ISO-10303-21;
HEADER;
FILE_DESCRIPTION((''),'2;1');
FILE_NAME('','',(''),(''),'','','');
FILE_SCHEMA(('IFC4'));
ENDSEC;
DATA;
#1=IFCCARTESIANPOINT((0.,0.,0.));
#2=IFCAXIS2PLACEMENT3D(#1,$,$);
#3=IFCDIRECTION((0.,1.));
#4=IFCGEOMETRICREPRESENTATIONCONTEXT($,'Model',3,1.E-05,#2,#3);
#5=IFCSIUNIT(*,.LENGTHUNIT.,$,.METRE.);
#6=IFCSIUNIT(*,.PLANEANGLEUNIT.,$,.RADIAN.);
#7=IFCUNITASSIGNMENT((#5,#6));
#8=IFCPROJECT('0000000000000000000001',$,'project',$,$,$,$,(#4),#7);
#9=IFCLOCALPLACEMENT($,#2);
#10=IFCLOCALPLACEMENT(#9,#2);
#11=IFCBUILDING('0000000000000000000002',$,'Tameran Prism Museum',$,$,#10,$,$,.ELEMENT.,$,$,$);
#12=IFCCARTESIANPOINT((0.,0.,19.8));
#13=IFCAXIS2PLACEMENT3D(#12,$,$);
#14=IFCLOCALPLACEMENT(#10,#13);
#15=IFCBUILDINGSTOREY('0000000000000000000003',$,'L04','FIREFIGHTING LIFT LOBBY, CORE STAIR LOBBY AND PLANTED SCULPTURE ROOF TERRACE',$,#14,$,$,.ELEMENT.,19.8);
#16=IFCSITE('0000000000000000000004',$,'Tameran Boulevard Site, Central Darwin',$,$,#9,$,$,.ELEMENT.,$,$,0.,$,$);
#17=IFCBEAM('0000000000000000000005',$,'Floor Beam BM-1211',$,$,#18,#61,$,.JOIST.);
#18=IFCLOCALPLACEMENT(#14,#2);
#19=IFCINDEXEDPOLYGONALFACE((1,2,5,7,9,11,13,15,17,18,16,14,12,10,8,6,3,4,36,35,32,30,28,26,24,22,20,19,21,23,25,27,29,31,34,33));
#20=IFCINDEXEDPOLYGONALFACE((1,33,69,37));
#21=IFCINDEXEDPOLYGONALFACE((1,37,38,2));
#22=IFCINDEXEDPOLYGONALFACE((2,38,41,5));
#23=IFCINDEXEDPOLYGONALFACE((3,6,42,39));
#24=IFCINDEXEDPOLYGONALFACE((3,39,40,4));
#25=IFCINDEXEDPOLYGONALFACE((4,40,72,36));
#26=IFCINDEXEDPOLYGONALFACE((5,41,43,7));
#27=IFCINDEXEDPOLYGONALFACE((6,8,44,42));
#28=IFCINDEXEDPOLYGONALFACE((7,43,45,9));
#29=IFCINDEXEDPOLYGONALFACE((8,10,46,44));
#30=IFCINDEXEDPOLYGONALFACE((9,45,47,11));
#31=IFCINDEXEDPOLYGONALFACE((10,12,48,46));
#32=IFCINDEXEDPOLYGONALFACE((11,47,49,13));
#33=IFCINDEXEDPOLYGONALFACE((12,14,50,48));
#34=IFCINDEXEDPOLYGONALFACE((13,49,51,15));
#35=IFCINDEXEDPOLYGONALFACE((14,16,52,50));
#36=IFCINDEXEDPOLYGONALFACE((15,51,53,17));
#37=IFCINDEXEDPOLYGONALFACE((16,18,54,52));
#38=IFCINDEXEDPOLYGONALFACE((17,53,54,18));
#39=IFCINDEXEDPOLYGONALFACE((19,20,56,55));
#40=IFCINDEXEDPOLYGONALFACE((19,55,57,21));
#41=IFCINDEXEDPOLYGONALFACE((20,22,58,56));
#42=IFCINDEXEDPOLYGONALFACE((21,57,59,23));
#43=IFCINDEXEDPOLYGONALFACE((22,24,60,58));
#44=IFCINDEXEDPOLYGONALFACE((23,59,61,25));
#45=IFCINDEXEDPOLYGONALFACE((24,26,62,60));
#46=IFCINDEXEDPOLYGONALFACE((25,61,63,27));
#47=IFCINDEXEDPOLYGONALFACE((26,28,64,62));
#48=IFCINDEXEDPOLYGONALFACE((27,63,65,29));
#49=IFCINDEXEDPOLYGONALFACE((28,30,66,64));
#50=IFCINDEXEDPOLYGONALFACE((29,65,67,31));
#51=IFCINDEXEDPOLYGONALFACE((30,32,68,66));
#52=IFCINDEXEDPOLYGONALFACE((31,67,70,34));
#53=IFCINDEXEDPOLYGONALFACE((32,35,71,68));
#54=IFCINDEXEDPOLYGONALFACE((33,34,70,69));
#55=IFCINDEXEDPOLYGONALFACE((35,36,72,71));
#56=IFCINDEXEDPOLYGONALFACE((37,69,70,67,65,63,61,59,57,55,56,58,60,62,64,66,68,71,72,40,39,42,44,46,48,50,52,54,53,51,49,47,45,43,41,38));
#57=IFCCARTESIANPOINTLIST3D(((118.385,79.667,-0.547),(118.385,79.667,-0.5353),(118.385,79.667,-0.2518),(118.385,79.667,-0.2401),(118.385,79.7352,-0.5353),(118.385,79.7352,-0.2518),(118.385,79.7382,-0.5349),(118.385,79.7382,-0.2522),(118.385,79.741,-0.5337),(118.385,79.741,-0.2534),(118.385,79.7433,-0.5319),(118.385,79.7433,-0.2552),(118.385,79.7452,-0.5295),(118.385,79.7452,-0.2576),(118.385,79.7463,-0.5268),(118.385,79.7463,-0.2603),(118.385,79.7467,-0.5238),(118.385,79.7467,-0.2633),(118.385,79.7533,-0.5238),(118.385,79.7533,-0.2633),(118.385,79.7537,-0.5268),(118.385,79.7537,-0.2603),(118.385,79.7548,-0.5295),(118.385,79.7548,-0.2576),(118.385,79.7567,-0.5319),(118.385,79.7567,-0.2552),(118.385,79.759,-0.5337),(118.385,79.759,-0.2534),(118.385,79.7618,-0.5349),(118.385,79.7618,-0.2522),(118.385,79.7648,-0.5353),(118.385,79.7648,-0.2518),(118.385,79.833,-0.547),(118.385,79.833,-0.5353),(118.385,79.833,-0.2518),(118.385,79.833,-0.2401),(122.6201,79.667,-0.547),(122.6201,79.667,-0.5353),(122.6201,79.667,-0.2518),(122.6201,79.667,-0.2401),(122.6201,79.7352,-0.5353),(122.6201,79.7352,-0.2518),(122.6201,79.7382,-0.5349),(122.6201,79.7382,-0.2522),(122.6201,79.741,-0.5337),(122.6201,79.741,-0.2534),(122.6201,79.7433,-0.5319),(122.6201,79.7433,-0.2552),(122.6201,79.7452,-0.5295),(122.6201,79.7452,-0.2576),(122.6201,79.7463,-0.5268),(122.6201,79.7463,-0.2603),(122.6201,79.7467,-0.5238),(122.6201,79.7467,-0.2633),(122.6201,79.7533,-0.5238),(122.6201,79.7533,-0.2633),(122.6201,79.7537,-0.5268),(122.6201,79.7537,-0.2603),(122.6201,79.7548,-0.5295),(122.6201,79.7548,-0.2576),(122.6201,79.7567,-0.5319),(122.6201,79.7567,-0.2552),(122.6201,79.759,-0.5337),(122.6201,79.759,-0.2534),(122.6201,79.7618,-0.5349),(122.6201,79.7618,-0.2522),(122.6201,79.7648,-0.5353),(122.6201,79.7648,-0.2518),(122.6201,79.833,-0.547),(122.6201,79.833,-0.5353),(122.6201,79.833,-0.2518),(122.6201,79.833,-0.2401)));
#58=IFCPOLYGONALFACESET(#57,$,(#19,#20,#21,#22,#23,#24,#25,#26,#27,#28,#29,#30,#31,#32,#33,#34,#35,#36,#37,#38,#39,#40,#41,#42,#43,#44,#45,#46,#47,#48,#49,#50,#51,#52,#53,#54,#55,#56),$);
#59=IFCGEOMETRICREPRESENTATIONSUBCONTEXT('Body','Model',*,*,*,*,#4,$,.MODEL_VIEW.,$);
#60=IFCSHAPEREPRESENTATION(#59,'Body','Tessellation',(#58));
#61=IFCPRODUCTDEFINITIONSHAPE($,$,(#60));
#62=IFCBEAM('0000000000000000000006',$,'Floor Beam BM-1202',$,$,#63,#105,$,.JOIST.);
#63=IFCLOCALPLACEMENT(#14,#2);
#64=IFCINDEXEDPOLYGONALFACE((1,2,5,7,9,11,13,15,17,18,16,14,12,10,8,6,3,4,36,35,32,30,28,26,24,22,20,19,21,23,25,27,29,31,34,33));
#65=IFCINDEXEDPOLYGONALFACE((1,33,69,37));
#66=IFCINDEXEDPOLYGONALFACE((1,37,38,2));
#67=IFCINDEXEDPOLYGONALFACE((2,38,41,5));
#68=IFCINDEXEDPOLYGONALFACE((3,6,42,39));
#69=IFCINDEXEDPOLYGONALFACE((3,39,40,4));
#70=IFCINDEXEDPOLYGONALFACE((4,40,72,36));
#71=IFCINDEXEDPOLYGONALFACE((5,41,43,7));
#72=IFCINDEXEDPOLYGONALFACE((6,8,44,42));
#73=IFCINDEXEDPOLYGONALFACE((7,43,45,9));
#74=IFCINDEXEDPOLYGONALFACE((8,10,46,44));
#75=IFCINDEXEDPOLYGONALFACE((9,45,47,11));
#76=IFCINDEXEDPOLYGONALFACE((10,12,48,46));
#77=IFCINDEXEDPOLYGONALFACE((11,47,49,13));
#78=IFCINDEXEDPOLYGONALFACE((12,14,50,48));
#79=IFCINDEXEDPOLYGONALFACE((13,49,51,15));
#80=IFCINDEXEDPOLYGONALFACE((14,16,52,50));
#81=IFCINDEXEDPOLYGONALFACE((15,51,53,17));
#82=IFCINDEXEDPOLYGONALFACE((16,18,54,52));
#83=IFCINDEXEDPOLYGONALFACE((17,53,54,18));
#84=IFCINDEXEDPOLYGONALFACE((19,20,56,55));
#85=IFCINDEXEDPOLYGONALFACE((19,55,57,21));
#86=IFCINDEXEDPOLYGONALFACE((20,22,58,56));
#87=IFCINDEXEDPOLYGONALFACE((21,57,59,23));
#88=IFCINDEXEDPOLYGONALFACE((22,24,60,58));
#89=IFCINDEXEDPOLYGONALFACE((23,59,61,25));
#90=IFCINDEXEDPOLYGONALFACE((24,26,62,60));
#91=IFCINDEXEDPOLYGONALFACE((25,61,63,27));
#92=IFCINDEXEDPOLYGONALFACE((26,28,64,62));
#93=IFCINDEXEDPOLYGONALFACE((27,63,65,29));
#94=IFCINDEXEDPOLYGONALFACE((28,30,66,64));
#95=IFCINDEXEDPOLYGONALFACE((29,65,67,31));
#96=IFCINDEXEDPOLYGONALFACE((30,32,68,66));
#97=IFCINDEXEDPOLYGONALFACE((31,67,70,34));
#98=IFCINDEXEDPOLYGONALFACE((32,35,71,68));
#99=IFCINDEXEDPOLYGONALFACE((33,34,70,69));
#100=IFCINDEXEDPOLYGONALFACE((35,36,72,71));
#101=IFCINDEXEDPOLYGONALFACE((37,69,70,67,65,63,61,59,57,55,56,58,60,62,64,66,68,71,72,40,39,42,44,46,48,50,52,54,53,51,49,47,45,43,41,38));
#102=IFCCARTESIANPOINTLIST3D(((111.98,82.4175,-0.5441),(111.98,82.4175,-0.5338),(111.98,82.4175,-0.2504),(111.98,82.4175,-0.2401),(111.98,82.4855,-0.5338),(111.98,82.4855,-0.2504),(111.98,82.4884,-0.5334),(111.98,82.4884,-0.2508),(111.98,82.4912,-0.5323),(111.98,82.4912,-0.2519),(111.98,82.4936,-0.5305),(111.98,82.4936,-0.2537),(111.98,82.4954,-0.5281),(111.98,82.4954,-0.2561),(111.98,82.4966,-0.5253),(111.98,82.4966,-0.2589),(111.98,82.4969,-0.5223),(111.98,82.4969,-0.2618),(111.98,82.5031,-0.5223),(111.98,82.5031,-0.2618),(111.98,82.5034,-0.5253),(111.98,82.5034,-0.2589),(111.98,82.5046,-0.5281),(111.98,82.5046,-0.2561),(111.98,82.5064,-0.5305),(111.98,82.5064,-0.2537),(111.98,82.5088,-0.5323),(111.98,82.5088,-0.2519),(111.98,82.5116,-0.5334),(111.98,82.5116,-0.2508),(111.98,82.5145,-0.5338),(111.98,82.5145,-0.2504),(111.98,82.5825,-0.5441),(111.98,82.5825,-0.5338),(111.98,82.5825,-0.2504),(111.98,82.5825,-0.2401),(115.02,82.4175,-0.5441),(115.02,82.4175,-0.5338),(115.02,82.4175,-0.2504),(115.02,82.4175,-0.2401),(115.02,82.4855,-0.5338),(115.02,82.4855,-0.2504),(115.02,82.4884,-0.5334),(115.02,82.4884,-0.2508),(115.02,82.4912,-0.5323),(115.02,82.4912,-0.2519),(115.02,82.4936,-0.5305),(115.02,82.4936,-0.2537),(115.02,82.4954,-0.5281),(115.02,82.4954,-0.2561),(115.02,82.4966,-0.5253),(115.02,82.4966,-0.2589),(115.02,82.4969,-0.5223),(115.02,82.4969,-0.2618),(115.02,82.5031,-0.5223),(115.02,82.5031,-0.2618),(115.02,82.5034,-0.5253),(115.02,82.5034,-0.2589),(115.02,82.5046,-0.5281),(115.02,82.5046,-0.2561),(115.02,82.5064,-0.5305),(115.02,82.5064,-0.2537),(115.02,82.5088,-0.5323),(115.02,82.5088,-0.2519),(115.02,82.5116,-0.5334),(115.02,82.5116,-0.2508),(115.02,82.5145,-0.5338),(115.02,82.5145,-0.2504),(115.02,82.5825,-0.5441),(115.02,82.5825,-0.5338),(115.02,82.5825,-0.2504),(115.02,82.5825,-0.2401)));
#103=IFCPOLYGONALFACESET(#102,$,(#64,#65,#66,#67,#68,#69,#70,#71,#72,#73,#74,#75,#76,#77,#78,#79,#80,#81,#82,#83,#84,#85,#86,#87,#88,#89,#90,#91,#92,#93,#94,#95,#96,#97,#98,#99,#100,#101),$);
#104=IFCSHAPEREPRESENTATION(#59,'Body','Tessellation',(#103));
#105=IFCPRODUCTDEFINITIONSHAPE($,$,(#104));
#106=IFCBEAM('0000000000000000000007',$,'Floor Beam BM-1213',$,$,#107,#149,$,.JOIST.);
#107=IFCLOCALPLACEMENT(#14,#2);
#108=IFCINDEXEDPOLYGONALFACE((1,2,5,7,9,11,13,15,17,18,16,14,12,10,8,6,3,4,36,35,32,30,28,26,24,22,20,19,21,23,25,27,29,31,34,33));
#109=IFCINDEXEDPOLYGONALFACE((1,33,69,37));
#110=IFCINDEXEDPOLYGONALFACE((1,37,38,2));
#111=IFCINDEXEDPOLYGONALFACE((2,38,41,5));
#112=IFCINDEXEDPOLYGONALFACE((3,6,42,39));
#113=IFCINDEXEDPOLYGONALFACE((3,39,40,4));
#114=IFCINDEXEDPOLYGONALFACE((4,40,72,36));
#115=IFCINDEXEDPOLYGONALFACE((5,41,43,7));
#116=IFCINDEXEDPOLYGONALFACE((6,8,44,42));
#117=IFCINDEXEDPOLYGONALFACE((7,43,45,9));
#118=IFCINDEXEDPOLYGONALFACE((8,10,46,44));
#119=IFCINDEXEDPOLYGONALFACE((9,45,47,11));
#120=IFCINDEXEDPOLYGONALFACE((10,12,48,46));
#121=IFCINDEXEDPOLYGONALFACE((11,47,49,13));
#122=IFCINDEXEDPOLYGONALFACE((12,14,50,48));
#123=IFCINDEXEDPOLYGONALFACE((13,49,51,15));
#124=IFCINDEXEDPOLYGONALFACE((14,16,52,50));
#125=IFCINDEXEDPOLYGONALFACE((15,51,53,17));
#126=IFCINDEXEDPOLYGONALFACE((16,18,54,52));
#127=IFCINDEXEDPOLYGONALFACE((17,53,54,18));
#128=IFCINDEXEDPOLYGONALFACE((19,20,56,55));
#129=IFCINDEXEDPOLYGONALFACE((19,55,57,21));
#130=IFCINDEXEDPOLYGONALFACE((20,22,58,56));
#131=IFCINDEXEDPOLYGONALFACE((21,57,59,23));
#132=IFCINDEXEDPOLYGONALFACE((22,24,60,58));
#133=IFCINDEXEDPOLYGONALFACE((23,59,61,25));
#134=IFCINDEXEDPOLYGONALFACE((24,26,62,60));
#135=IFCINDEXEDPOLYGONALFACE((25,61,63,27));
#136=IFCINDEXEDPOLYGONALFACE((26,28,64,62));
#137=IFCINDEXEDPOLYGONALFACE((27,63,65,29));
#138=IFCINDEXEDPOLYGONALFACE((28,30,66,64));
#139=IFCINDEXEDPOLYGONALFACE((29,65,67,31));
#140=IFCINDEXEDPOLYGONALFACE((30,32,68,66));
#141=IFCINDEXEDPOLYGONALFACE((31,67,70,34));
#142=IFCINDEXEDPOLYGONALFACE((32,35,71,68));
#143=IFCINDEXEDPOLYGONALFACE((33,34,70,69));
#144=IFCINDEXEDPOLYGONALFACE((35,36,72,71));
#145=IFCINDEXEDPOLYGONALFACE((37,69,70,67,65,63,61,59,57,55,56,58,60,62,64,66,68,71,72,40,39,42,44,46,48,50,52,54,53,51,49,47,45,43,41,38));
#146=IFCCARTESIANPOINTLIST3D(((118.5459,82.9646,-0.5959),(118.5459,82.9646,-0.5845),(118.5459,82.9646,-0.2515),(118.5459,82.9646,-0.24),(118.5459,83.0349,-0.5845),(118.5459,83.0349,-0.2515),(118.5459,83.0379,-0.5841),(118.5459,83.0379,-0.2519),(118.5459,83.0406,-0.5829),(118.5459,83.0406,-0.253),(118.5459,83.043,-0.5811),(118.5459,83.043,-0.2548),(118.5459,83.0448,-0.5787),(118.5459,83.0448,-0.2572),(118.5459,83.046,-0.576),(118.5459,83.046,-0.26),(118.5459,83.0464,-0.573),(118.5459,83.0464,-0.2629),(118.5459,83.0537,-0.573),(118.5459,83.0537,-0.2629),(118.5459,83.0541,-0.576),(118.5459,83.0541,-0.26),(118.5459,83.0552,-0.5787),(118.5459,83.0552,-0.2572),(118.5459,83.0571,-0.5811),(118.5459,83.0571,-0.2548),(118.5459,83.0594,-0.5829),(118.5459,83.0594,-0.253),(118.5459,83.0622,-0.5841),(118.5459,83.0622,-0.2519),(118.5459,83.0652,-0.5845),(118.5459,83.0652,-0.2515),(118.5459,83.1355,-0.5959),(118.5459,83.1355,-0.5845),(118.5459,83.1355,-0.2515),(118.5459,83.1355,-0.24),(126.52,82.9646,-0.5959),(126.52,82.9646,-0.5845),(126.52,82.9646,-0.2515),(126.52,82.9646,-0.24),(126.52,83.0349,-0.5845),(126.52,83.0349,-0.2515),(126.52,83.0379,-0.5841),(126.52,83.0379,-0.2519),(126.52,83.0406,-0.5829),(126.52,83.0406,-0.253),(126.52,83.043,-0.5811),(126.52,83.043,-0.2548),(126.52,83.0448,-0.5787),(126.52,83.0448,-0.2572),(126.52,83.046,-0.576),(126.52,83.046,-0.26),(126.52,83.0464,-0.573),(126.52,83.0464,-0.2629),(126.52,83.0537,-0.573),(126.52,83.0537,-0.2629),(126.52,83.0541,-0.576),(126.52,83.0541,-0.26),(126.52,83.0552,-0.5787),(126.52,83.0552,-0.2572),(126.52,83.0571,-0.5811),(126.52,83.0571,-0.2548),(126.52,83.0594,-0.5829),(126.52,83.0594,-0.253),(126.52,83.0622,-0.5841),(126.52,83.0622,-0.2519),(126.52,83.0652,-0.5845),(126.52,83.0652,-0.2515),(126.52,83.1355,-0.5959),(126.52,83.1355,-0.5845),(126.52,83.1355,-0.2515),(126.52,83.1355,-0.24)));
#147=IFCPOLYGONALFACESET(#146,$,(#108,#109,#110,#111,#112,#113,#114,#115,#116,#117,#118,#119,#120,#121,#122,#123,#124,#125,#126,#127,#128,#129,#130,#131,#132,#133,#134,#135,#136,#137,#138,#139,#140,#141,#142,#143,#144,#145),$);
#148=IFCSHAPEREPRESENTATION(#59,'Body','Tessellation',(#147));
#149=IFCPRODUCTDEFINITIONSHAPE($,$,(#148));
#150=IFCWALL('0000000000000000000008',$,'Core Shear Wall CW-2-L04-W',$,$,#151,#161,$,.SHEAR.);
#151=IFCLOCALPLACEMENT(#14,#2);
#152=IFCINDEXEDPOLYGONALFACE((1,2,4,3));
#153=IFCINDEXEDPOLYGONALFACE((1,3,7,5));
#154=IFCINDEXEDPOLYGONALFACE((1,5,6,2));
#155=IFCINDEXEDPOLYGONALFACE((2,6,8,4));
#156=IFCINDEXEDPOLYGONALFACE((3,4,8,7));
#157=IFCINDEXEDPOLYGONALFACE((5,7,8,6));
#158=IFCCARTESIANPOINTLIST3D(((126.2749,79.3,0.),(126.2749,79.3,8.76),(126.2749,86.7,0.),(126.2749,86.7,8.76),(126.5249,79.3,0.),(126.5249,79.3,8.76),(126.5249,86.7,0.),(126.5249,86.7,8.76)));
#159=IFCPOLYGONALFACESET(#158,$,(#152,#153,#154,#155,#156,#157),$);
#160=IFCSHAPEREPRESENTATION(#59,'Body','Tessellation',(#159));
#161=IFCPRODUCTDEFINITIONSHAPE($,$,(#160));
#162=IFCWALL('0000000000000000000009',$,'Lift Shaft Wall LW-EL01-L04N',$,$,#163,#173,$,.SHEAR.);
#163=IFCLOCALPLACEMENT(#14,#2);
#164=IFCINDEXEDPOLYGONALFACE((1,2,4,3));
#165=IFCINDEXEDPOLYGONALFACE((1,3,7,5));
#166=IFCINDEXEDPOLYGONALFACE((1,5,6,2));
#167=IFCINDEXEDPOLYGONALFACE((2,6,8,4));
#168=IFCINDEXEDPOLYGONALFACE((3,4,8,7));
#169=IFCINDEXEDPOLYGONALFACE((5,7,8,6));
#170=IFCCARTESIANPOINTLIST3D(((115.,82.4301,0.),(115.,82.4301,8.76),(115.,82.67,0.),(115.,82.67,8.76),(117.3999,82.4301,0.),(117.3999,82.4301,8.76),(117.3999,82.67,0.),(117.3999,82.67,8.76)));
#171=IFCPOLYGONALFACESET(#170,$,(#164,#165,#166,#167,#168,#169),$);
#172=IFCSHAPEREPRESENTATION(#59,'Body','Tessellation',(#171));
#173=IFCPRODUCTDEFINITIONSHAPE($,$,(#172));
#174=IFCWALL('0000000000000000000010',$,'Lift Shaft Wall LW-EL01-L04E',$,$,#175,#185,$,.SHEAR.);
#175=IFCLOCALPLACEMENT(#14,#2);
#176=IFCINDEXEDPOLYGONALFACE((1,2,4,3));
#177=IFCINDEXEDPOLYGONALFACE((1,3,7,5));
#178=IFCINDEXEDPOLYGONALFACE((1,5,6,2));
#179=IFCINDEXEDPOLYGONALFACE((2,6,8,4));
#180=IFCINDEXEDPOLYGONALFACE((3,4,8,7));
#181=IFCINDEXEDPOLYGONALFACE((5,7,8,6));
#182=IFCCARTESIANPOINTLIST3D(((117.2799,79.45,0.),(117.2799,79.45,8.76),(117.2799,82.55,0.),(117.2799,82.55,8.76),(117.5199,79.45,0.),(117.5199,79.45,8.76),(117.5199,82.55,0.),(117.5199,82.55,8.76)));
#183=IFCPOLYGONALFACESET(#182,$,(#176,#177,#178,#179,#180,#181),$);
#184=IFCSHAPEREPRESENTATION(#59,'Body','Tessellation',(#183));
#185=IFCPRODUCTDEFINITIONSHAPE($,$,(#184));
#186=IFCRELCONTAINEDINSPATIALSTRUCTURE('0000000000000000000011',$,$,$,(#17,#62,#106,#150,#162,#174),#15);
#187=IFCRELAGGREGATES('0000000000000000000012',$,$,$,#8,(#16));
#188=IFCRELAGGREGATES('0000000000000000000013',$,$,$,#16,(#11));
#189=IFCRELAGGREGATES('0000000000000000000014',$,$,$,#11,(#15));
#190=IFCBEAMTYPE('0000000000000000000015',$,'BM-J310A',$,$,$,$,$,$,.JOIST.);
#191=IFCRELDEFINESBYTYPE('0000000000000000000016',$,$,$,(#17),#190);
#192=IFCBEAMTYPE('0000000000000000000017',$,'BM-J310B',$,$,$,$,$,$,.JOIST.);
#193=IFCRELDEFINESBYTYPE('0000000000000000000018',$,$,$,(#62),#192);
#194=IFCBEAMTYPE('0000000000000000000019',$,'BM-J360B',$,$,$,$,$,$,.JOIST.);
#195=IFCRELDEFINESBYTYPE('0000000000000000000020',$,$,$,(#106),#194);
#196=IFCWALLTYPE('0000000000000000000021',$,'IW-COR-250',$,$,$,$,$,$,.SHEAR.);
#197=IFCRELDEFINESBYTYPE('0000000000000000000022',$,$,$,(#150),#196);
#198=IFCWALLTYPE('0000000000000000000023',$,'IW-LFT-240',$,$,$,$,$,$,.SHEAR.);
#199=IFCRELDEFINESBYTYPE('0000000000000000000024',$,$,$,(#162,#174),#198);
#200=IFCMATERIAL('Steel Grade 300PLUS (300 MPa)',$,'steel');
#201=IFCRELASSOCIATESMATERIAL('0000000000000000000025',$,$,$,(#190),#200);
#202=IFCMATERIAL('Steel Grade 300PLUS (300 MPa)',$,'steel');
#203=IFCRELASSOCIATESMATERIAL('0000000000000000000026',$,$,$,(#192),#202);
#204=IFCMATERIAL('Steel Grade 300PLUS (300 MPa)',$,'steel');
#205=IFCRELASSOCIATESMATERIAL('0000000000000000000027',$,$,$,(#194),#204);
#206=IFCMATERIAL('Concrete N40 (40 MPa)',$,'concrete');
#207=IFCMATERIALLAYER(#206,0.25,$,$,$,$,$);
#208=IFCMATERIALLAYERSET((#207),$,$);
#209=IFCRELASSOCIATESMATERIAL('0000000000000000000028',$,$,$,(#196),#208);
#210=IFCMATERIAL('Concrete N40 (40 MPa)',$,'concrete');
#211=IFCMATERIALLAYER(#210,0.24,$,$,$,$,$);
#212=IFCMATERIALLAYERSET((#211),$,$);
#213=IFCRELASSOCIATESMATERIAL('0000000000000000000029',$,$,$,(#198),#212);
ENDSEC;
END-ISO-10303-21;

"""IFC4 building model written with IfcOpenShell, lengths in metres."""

from ifc_helpers import new_model, si_unit, direction, frame, frame_2d, origin, origin_2d, place, context, subcontext, project, spatial, rectangle, i_section, extrude, material, layer, layer_set, material_profile, profile_set, type_object, element, save


model = new_model("IFC4")

# Units and contexts
model_context = context("Model", 3, precision=1e-05, world=origin(), true_north=direction((0.0, 1.0)))
body_context = subcontext(model_context, "Body", "Model", "MODEL_VIEW")
ifc_project = project(units=[si_unit("LENGTHUNIT", "METRE"), si_unit("PLANEANGLEUNIT", "RADIAN")], contexts=[model_context])

# Site, building, storey
site_placement = place(None, origin())
site = spatial("IfcSite", under=ifc_project, at=site_placement, Name="Tameran Boulevard Site, Central Darwin", CompositionType="ELEMENT", RefElevation=0.0)
building_placement = place(site_placement, origin())
building = spatial("IfcBuilding", under=site, at=building_placement, Name="Tameran Prism Museum", CompositionType="ELEMENT")
storey_placement = place(building_placement, frame((0.0, 0.0, 19.8)))
storey = spatial("IfcBuildingStorey", under=building, at=storey_placement, Name="L04", Description="FIREFIGHTING LIFT LOBBY, CORE STAIR LOBBY AND PLANTED SCULPTURE ROOF TERRACE", CompositionType="ELEMENT", Elevation=19.8)

# Beams
ifc_material_1 = material(Name="Steel Grade 300PLUS (300 MPa)", Category="steel")
ifc_material_profile_1 = material_profile(ifc_material_1, i_section(OverallWidth=0.166, OverallDepth=0.3069, WebThickness=0.0066, FlangeThickness=0.0117, FilletRadius=0.0115, at=origin_2d()))
ifc_profile_set_1 = profile_set([ifc_material_profile_1])
beam_type_1 = type_object("IfcBeamType", Name="BM-J310A", PredefinedType="JOIST", material=ifc_profile_set_1)
beam_1_placement = place(storey_placement, frame((118.385, 79.75, -0.3936), z_axis=(1.0, 0.0, 0.0), x_axis=(0.0, 1.0, 0.0)))
element("IfcBeam", 1, at=beam_1_placement, inside=storey, type_object=beam_type_1, Name="Floor Beam BM-1211", PredefinedType="JOIST", context=body_context, shape_type="SweptSolid", body=[
    extrude(i_section(OverallWidth=0.166, OverallDepth=0.3069, WebThickness=0.0066, FlangeThickness=0.0117, FilletRadius=0.0115, at=origin_2d()), origin(), (0.0, 0.0, 1.0), 4.2351),
])
ifc_material_2 = material(Name="Steel Grade 300PLUS (300 MPa)", Category="steel")
ifc_material_profile_2 = material_profile(ifc_material_2, i_section(OverallWidth=0.165, OverallDepth=0.304, WebThickness=0.0061, FlangeThickness=0.0103, FilletRadius=0.0115, at=origin_2d()))
ifc_profile_set_2 = profile_set([ifc_material_profile_2])
beam_type_2 = type_object("IfcBeamType", Name="BM-J310B", PredefinedType="JOIST", material=ifc_profile_set_2)
beam_2_placement = place(storey_placement, frame((111.98, 82.5, -0.3921), z_axis=(1.0, 0.0, 0.0), x_axis=(0.0, 1.0, 0.0)))
element("IfcBeam", 2, at=beam_2_placement, inside=storey, type_object=beam_type_2, Name="Floor Beam BM-1202", PredefinedType="JOIST", context=body_context, shape_type="SweptSolid", body=[
    extrude(i_section(OverallWidth=0.165, OverallDepth=0.304, WebThickness=0.0061, FlangeThickness=0.0103, FilletRadius=0.0115, at=origin_2d()), origin(), (0.0, 0.0, 1.0), 3.04),
])
ifc_material_3 = material(Name="Steel Grade 300PLUS (300 MPa)", Category="steel")
ifc_material_profile_3 = material_profile(ifc_material_3, i_section(OverallWidth=0.1709, OverallDepth=0.356, WebThickness=0.0073, FlangeThickness=0.0115, FilletRadius=0.0115, at=origin_2d()))
ifc_profile_set_3 = profile_set([ifc_material_profile_3])
beam_type_3 = type_object("IfcBeamType", Name="BM-J360B", PredefinedType="JOIST", material=ifc_profile_set_3)
beam_3_placement = place(storey_placement, frame((118.5459, 83.05, -0.418), z_axis=(1.0, 0.0, 0.0), x_axis=(0.0, 1.0, 0.0)))
element("IfcBeam", 3, at=beam_3_placement, inside=storey, type_object=beam_type_3, Name="Floor Beam BM-1213", PredefinedType="JOIST", context=body_context, shape_type="SweptSolid", body=[
    extrude(i_section(OverallWidth=0.1709, OverallDepth=0.356, WebThickness=0.0073, FlangeThickness=0.0115, FilletRadius=0.0115, at=origin_2d()), origin(), (0.0, 0.0, 1.0), 7.9741),
])

# Walls
ifc_material_4 = material(Name="Concrete N40 (40 MPa)", Category="concrete")
ifc_layer_1 = layer(ifc_material_4, 0.25)
ifc_layer_set_1 = layer_set([ifc_layer_1])
wall_type_1 = type_object("IfcWallType", Name="IW-COR-250", PredefinedType="SHEAR", material=ifc_layer_set_1)
wall_1_placement = place(storey_placement, frame((126.3999, 79.3, 0.0), z_axis=(0.0, 0.0, 1.0), x_axis=(0.0, 1.0, 0.0)))
element("IfcWall", 4, at=wall_1_placement, inside=storey, type_object=wall_type_1, Name="Core Shear Wall CW-2-L04-W", PredefinedType="SHEAR", context=body_context, shape_type="SweptSolid", body=[
    extrude(rectangle(XDim=7.3999, YDim=0.25, at=frame_2d((3.7, 0.0))), origin(), (0.0, 0.0, 1.0), 8.76),
])
ifc_material_5 = material(Name="Concrete N40 (40 MPa)", Category="concrete")
ifc_layer_2 = layer(ifc_material_5, 0.24)
ifc_layer_set_2 = layer_set([ifc_layer_2])
wall_type_2 = type_object("IfcWallType", Name="IW-LFT-240", PredefinedType="SHEAR", material=ifc_layer_set_2)
wall_2_placement = place(storey_placement, frame((115.0, 82.55, 0.0), z_axis=(0.0, 0.0, 1.0), x_axis=(1.0, 0.0, 0.0)))
element("IfcWall", 5, at=wall_2_placement, inside=storey, type_object=wall_type_2, Name="Lift Shaft Wall LW-EL01-L04N", PredefinedType="SHEAR", context=body_context, shape_type="SweptSolid", body=[
    extrude(rectangle(XDim=2.3999, YDim=0.24, at=frame_2d((1.2, 0.0))), origin(), (0.0, 0.0, 1.0), 8.76),
])
for number, where, z_axis, x_axis, name in (
    (6, (117.3999, 82.55, 0.0), (0.0, 0.0, 1.0), (0.0, -1.0, 0.0), "Lift Shaft Wall LW-EL01-L04E"),
):
    element("IfcWall", number, at=place(storey_placement, frame(where, z_axis=z_axis, x_axis=x_axis)), inside=storey, type_object=wall_type_2, Name=name, PredefinedType="SHEAR", context=body_context, shape_type="SweptSolid", body=[
        extrude(rectangle(XDim=3.1001, YDim=0.24, at=frame_2d((1.55, 0.0))), origin(), (0.0, 0.0, 1.0), 8.76),
    ])

save(model, "model.ifc")
